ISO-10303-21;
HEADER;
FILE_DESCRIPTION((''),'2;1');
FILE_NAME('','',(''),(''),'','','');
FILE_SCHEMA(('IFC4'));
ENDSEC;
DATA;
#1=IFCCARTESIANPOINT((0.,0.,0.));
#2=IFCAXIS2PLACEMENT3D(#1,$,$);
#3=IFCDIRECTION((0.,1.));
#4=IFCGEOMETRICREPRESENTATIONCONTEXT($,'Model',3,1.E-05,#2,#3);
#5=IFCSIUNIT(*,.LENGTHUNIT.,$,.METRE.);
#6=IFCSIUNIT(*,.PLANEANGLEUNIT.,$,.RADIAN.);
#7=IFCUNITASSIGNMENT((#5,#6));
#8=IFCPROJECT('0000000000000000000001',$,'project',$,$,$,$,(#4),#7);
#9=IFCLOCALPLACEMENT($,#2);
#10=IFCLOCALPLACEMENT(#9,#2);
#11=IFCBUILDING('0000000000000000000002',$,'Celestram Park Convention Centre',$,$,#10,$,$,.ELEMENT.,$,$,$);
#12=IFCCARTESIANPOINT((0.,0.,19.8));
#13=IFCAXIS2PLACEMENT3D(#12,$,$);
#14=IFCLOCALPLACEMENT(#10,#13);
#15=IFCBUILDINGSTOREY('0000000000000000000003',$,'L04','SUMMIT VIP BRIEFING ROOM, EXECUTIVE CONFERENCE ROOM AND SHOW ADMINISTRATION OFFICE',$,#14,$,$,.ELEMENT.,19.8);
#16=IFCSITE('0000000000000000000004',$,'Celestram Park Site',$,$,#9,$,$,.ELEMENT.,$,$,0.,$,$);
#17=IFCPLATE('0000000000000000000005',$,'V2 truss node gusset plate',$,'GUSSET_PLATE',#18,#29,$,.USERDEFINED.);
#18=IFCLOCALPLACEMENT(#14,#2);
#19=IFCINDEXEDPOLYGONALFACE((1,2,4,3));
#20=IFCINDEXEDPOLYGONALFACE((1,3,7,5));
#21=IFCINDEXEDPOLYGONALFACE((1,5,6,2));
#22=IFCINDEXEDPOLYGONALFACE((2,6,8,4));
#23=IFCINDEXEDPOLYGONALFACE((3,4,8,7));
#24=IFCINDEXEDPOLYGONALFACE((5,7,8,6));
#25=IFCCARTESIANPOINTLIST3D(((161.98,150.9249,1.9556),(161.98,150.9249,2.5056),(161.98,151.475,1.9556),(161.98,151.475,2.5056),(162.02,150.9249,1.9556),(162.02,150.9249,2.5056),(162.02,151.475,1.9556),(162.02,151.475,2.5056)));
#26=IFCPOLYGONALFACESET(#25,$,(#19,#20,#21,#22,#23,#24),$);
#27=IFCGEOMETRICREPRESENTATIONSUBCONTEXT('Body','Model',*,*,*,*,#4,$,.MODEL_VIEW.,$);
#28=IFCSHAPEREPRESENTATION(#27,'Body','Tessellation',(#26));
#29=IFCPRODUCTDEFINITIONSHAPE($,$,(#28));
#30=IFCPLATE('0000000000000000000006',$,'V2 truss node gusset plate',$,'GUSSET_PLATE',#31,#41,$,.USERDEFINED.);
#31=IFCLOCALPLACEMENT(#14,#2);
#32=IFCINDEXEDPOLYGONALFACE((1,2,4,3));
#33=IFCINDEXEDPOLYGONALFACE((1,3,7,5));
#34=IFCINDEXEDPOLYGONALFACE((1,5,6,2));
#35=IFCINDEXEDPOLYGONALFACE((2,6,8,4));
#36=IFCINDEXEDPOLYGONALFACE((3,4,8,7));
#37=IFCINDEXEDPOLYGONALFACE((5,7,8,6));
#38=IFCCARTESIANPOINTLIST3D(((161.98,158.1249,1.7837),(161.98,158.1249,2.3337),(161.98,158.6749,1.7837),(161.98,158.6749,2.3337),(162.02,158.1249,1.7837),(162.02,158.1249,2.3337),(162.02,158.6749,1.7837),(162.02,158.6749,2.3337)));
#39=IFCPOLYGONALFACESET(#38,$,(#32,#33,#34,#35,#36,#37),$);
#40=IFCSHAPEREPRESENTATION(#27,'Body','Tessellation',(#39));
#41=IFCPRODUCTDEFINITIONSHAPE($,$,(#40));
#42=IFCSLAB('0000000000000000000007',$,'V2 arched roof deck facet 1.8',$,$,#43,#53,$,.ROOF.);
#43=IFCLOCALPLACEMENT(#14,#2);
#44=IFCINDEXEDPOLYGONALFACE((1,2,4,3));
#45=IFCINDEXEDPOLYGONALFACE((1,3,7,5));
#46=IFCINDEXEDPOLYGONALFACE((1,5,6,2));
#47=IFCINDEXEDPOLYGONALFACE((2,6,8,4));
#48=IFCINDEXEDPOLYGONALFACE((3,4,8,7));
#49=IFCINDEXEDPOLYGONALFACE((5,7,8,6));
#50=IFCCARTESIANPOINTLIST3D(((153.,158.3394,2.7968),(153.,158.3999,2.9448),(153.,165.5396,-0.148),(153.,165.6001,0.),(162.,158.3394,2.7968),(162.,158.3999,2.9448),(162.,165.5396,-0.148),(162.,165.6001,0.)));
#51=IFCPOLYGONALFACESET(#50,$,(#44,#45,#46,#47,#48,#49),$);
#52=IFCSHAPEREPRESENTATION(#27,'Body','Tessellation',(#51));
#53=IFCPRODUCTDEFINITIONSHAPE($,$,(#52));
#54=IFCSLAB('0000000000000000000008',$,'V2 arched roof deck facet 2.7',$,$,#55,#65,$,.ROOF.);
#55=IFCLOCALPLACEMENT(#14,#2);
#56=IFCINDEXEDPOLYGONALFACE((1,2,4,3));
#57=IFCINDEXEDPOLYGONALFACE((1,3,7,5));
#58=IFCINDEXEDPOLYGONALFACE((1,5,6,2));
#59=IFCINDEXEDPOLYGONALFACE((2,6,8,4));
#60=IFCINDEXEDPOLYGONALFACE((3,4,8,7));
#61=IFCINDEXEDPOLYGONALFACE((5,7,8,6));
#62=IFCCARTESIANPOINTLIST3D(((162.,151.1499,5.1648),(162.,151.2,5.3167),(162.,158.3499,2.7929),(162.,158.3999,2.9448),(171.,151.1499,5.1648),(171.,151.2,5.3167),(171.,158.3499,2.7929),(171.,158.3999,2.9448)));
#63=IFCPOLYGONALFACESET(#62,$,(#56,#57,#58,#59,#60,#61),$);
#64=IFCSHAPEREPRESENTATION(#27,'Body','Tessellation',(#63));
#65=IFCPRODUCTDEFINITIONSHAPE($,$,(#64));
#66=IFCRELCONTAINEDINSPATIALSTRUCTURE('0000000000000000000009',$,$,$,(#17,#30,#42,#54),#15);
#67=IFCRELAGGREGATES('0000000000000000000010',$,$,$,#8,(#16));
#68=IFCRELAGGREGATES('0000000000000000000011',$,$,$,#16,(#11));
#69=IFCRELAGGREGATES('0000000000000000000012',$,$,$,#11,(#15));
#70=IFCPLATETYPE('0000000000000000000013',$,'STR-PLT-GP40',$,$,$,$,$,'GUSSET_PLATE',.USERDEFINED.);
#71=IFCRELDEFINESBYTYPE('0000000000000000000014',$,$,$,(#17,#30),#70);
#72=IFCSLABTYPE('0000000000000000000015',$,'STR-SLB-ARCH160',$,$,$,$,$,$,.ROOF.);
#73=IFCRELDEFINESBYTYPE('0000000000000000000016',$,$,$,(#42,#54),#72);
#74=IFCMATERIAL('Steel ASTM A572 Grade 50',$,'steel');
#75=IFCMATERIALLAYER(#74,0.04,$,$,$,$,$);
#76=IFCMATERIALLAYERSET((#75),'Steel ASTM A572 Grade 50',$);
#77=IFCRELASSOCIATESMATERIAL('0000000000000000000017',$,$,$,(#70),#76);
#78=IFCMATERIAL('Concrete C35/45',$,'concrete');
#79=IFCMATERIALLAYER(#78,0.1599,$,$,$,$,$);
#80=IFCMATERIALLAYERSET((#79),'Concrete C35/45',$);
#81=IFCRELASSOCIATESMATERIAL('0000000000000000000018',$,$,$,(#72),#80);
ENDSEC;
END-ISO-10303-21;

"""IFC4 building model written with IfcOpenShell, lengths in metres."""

from ifc_helpers import new_model, si_unit, direction, frame, origin, origin_2d, place, context, subcontext, project, spatial, polyline, rectangle, outline, extrude, material, layer, layer_set, type_object, element, save


model = new_model("IFC4")

# Units and contexts
model_context = context("Model", 3, precision=1e-05, world=origin(), true_north=direction((0.0, 1.0)))
body_context = subcontext(model_context, "Body", "Model", "MODEL_VIEW")
ifc_project = project(units=[si_unit("LENGTHUNIT", "METRE"), si_unit("PLANEANGLEUNIT", "RADIAN")], contexts=[model_context])

# Site, building, storey
site_placement = place(None, origin())
site = spatial("IfcSite", under=ifc_project, at=site_placement, Name="Celestram Park Site", CompositionType="ELEMENT", RefElevation=0.0)
building_placement = place(site_placement, origin())
building = spatial("IfcBuilding", under=site, at=building_placement, Name="Celestram Park Convention Centre", CompositionType="ELEMENT")
storey_placement = place(building_placement, frame((0.0, 0.0, 19.8)))
storey = spatial("IfcBuildingStorey", under=building, at=storey_placement, Name="L04", Description="SUMMIT VIP BRIEFING ROOM, EXECUTIVE CONFERENCE ROOM AND SHOW ADMINISTRATION OFFICE", CompositionType="ELEMENT", Elevation=19.8)

# Plates
ifc_material_1 = material(Name="Steel ASTM A572 Grade 50", Category="steel")
ifc_layer_1 = layer(ifc_material_1, 0.04)
ifc_layer_set_1 = layer_set([ifc_layer_1], Name="Steel ASTM A572 Grade 50")
plate_type = type_object("IfcPlateType", Name="STR-PLT-GP40", ElementType="GUSSET_PLATE", PredefinedType="USERDEFINED", material=ifc_layer_set_1)
for number, where, z_axis, x_axis, name in (
    (1, (162.0, 151.2, 1.9556), (0.0, 0.0, 1.0), (0.0, 1.0, 0.0), "V2 truss node gusset plate"),
    (2, (162.0, 158.3999, 1.7837), (0.0, 0.0, 1.0), (0.0, 1.0, 0.0), "V2 truss node gusset plate"),
):
    element("IfcPlate", number, at=place(storey_placement, frame(where, z_axis=z_axis, x_axis=x_axis)), inside=storey, type_object=plate_type, Name=name, ObjectType="GUSSET_PLATE", PredefinedType="USERDEFINED", context=body_context, shape_type="SweptSolid", body=[
        extrude(rectangle(XDim=0.55, YDim=0.04, at=origin_2d()), origin(), (0.0, 0.0, 1.0), 0.55),
    ])

# Slabs
ifc_material_2 = material(Name="Concrete C35/45", Category="concrete")
ifc_layer_2 = layer(ifc_material_2, 0.1599)
ifc_layer_set_2 = layer_set([ifc_layer_2], Name="Concrete C35/45")
slab_type = type_object("IfcSlabType", Name="STR-SLB-ARCH160", PredefinedType="ROOF", material=ifc_layer_set_2)
slab_1_placement = place(storey_placement, frame((153.0, 158.3999, 2.9448), z_axis=(0.0, 0.378555, 0.925579), x_axis=(1.0, 0.0, 0.0)))
element("IfcSlab", 3, at=slab_1_placement, inside=storey, type_object=slab_type, Name="V2 arched roof deck facet 1.8", PredefinedType="ROOF", context=body_context, shape_type="SweptSolid", body=[
    extrude(outline(polyline([(0.0, 0.0), (9.0, 0.0), (9.0, 7.7791), (0.0, 7.7791), (0.0, 0.0)])), origin(), (0.0, 0.0, -1.0), 0.1599),
])
slab_2_placement = place(storey_placement, frame((162.0, 151.2, 5.3167), z_axis=(0.0, 0.312883, 0.949792), x_axis=(1.0, 0.0, 0.0)))
element("IfcSlab", 4, at=slab_2_placement, inside=storey, type_object=slab_type, Name="V2 arched roof deck facet 2.7", PredefinedType="ROOF", context=body_context, shape_type="SweptSolid", body=[
    extrude(outline(polyline([(0.0, 0.0), (9.0, 0.0), (9.0, 7.5806), (0.0, 7.5806), (0.0, 0.0)])), origin(), (0.0, 0.0, -1.0), 0.1599),
])

save(model, "model.ifc")
